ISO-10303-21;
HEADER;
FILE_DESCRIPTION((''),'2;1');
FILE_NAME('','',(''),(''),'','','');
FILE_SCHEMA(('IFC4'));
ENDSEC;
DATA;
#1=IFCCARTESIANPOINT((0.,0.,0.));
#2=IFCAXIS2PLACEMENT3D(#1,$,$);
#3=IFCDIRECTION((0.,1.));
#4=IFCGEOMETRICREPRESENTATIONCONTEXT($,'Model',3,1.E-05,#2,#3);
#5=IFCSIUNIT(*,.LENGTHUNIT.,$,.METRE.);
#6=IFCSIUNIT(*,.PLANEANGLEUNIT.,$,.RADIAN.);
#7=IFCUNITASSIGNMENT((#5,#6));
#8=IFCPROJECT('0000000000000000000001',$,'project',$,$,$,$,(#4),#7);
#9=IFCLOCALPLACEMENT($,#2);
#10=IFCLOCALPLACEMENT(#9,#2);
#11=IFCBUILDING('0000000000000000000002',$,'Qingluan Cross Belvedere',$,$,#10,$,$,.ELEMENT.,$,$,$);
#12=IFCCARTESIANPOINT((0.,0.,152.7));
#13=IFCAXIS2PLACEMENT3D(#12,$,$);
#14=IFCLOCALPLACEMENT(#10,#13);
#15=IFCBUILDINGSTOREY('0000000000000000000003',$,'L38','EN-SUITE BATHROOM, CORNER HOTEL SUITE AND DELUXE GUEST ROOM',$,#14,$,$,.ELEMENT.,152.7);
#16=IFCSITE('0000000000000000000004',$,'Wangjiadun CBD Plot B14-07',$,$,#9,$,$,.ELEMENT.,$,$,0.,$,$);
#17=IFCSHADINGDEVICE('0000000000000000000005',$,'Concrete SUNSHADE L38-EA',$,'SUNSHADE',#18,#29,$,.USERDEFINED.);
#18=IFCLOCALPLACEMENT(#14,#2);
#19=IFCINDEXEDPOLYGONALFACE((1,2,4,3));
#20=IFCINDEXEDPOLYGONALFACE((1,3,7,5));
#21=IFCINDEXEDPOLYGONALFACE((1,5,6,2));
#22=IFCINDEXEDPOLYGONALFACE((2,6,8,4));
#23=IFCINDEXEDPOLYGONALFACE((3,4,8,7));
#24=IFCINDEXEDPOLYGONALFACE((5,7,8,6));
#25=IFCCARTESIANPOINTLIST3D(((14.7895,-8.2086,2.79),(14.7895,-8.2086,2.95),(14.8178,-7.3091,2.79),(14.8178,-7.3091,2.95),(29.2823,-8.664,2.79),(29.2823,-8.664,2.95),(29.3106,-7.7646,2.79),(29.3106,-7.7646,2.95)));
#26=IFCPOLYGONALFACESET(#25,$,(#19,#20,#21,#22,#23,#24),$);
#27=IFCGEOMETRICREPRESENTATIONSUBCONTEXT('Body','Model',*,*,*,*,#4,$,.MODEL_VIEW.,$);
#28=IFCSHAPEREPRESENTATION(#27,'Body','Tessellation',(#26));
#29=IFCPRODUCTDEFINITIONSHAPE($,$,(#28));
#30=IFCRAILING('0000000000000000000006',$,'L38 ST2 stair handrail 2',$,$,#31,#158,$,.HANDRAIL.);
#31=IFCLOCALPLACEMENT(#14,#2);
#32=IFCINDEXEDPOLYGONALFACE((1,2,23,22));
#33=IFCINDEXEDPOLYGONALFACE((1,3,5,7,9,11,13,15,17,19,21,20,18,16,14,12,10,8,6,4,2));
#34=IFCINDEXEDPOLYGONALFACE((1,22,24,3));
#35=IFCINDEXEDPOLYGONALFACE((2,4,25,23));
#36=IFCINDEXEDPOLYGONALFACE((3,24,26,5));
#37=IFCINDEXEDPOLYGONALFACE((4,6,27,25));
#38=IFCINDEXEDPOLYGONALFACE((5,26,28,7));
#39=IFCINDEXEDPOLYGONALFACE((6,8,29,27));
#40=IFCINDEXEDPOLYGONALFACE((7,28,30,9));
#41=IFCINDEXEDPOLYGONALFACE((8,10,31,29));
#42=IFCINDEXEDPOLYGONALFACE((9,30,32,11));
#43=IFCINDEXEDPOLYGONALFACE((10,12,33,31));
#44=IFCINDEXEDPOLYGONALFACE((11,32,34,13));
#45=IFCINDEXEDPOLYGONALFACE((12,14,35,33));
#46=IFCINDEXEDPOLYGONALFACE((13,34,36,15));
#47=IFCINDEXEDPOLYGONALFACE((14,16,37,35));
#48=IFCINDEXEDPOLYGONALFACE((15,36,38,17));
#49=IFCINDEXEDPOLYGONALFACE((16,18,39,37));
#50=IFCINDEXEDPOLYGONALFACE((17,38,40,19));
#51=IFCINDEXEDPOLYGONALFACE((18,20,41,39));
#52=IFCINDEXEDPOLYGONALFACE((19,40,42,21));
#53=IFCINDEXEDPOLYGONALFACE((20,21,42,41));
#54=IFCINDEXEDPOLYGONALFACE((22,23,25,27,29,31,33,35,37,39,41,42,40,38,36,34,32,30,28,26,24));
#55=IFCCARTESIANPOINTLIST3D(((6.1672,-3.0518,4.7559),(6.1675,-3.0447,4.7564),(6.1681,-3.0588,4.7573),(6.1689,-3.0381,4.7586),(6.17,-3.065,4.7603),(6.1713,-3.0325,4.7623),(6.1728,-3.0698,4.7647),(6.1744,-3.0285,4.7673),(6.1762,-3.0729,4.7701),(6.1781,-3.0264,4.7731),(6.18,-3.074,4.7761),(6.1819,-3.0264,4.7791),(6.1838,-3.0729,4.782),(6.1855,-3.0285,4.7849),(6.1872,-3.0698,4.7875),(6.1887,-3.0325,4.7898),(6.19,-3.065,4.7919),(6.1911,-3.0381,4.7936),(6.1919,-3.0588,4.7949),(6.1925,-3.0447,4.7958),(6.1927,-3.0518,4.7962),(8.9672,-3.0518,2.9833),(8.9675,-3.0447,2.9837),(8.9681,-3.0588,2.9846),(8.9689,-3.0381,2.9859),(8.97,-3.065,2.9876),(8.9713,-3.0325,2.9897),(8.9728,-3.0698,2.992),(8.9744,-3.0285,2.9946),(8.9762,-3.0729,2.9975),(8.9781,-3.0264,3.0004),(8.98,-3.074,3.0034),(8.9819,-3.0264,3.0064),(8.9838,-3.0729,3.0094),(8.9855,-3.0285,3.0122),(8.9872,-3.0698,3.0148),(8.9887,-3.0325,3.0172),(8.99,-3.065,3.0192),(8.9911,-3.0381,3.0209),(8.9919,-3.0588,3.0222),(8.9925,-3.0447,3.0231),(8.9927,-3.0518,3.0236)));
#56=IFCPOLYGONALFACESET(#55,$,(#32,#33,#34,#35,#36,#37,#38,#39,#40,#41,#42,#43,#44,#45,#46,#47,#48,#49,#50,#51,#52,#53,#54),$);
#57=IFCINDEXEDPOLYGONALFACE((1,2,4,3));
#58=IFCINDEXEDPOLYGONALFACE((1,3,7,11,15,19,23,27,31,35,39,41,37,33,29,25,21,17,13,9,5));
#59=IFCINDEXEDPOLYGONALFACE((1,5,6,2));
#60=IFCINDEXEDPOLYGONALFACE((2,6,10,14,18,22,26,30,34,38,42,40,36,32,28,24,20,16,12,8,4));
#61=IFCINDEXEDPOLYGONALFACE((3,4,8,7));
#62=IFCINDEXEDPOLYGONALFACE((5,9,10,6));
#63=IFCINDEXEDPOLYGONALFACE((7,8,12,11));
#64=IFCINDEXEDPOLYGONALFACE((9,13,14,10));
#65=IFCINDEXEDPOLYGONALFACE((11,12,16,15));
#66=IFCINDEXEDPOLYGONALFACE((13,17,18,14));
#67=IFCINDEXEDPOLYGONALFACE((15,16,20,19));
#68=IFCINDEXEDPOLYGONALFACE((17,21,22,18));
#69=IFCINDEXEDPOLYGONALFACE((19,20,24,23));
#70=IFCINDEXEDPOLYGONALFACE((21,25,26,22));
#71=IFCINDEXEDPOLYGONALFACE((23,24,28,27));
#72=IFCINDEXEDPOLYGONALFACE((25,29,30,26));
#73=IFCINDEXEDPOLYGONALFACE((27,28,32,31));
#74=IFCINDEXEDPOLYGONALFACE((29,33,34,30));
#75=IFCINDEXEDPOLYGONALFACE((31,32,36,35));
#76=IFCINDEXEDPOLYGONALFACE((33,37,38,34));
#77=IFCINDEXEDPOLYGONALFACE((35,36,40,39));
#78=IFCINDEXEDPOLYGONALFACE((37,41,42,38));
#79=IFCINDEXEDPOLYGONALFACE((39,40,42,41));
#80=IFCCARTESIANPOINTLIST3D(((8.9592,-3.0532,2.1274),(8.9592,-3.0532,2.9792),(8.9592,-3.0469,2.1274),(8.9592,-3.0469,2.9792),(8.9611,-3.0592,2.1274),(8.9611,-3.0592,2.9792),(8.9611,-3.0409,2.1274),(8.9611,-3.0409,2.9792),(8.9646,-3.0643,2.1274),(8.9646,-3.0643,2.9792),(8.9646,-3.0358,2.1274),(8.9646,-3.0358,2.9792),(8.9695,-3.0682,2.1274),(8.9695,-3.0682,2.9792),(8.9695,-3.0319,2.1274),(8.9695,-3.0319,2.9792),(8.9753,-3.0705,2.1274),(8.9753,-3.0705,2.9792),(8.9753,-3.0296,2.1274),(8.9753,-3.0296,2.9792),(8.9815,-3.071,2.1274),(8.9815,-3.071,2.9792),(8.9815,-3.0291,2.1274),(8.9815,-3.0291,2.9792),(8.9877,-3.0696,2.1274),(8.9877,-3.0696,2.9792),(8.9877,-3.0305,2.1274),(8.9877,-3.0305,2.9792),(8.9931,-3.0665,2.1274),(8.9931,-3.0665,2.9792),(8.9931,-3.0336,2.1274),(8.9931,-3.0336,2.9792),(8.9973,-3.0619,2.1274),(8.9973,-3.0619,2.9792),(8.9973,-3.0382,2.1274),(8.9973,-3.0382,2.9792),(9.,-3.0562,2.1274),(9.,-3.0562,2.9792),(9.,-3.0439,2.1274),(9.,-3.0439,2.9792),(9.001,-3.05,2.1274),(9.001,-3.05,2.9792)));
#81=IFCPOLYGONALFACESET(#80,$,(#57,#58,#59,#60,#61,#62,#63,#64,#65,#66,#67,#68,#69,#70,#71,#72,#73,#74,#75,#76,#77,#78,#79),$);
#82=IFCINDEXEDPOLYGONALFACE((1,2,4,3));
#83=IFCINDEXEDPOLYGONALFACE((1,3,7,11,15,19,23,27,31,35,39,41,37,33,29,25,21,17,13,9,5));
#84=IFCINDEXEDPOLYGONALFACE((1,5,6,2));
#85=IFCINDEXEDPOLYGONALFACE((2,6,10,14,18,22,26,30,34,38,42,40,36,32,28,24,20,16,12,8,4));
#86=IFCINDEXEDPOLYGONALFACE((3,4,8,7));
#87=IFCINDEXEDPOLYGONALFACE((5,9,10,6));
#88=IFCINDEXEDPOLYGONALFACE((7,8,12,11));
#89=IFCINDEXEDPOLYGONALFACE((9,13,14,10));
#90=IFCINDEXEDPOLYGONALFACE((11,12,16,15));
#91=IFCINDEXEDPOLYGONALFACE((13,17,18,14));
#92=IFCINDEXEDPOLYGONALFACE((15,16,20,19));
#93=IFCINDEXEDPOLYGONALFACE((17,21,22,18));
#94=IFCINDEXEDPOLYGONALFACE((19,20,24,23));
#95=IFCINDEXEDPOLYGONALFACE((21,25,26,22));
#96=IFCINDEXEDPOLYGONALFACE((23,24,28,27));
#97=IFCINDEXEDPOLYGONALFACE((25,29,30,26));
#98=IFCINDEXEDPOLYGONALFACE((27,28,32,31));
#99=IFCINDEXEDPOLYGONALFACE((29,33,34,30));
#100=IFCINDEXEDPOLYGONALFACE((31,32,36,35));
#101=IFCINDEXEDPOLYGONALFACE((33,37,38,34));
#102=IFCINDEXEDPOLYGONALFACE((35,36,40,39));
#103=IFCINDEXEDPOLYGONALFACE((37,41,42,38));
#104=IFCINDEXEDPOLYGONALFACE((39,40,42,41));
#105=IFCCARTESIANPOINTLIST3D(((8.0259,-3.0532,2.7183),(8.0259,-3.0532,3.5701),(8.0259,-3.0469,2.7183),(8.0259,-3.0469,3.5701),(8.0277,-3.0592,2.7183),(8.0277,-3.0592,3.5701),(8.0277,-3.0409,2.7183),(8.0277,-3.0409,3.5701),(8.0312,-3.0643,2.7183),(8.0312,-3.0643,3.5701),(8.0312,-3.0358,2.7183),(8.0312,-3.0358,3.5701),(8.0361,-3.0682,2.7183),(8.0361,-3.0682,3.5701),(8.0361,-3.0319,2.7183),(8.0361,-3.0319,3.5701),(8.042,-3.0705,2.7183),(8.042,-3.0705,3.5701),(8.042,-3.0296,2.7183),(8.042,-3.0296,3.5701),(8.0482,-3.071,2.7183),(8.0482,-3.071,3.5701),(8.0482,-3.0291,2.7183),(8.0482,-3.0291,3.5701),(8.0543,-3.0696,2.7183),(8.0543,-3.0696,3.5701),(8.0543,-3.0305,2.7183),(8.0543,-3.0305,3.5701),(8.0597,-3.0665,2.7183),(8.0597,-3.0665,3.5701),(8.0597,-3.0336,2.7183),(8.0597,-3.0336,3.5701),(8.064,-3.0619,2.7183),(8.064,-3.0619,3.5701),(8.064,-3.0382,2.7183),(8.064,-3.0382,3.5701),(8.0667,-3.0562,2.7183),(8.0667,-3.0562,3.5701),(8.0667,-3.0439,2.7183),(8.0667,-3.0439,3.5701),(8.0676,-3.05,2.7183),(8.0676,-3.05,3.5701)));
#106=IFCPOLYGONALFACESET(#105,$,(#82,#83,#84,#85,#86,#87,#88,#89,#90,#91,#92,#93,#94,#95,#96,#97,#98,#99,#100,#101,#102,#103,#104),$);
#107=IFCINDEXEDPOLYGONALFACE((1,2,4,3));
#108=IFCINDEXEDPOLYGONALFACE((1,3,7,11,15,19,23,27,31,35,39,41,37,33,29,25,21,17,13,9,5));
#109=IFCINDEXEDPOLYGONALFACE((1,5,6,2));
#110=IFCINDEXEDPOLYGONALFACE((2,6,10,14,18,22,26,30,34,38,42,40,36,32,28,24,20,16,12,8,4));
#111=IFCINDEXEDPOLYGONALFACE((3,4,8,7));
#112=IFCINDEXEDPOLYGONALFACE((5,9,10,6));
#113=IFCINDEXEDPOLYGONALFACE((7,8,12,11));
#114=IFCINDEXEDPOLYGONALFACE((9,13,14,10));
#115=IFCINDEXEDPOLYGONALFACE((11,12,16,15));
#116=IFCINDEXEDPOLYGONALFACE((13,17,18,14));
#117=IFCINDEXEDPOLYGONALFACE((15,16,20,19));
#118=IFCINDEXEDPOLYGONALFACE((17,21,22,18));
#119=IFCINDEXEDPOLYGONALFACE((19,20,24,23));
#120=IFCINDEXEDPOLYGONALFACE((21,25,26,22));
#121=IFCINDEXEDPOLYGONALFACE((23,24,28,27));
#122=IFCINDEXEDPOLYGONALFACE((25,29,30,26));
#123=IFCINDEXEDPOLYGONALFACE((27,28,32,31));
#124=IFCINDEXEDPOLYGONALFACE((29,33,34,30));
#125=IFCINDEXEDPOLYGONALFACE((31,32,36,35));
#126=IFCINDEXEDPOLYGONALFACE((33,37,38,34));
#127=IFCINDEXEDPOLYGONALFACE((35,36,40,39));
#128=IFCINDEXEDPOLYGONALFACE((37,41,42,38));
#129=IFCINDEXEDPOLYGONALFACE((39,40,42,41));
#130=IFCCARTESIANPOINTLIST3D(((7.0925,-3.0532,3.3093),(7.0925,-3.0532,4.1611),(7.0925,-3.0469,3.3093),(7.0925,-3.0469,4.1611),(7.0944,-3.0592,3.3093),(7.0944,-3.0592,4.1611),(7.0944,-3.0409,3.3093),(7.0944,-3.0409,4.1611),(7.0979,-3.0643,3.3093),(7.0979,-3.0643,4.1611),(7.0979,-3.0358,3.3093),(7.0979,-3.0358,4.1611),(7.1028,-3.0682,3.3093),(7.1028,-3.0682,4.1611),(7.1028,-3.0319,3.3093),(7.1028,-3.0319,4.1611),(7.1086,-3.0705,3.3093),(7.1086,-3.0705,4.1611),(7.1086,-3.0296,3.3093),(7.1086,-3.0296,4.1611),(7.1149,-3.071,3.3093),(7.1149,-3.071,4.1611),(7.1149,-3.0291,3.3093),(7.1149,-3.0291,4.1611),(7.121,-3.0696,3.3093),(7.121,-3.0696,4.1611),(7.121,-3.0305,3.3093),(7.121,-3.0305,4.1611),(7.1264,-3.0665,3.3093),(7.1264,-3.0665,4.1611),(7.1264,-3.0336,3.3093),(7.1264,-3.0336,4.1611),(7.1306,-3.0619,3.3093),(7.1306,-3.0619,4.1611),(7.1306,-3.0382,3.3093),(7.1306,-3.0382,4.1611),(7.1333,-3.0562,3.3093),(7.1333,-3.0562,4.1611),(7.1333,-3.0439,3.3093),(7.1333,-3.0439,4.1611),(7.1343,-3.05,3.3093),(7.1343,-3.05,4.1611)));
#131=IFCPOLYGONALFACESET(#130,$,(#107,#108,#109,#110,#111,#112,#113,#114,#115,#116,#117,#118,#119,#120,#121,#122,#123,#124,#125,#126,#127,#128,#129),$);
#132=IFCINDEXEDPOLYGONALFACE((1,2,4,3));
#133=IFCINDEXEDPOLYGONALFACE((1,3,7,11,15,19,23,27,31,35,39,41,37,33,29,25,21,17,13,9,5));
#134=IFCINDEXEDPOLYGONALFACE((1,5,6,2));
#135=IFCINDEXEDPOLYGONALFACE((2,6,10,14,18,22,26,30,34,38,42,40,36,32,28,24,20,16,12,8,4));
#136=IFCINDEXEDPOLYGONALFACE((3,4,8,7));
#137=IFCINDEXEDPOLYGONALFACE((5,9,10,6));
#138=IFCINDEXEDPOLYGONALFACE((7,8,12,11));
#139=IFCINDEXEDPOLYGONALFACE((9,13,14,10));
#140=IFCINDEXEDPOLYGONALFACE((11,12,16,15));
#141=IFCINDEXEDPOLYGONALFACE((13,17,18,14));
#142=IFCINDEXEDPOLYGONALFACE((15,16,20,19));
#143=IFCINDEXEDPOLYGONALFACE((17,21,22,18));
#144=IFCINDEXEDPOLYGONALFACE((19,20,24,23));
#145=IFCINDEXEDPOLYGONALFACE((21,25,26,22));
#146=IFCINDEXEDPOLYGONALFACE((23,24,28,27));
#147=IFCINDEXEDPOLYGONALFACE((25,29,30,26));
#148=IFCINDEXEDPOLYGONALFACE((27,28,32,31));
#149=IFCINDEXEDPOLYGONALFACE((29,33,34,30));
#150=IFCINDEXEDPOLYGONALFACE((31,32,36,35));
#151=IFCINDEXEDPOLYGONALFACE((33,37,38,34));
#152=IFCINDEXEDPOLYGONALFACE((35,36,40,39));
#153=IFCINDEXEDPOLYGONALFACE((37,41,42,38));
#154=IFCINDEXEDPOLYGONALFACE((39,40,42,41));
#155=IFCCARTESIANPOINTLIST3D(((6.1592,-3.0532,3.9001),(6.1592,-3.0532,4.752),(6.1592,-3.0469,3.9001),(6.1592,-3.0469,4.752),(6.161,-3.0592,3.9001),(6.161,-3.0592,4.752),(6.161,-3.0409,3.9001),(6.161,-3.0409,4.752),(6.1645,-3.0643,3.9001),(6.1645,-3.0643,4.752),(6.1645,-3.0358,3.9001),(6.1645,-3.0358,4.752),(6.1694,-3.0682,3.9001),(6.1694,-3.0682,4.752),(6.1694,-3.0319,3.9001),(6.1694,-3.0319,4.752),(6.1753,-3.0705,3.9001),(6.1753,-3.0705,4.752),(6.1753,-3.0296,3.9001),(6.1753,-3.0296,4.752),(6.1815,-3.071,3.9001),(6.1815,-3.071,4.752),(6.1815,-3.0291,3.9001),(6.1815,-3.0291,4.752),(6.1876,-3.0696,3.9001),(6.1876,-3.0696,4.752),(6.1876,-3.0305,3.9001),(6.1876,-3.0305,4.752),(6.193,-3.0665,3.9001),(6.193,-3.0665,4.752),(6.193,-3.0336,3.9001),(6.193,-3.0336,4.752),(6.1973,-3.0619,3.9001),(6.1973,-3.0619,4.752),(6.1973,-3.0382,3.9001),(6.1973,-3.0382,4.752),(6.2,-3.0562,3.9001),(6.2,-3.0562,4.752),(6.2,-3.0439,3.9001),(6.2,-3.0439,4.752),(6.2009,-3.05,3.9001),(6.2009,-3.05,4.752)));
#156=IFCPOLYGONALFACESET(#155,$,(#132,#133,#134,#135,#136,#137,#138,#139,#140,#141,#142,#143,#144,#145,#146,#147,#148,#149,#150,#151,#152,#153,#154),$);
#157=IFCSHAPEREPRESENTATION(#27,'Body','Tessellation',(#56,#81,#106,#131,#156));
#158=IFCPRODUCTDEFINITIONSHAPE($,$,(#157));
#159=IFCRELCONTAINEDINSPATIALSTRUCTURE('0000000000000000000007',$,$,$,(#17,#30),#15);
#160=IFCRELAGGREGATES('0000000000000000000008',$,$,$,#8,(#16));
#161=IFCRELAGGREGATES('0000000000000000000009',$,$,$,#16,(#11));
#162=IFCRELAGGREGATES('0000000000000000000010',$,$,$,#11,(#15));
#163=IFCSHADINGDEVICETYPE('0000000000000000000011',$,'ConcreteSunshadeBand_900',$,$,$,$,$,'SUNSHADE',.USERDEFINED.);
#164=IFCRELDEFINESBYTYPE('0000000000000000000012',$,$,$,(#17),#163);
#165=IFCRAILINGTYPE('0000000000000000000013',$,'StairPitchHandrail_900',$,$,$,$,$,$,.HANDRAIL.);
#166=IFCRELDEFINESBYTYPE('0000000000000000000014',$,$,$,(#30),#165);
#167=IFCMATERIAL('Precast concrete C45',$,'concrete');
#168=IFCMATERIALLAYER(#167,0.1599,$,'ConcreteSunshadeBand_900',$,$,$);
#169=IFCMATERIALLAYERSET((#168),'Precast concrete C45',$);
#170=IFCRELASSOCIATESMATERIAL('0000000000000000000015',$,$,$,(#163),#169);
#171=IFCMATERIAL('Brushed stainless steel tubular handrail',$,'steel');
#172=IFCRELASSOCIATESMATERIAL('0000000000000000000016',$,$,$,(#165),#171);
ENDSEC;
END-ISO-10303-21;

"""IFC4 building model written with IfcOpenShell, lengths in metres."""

from ifc_helpers import new_model, si_unit, direction, frame, origin, origin_2d, place, context, subcontext, project, spatial, rectangle, circle, extrude, material, layer, layer_set, type_object, element, save


model = new_model("IFC4")

# Units and contexts
model_context = context("Model", 3, precision=1e-05, world=origin(), true_north=direction((0.0, 1.0)))
body_context = subcontext(model_context, "Body", "Model", "MODEL_VIEW")
ifc_project = project(units=[si_unit("LENGTHUNIT", "METRE"), si_unit("PLANEANGLEUNIT", "RADIAN")], contexts=[model_context])

# Site, building, storey
site_placement = place(None, origin())
site = spatial("IfcSite", under=ifc_project, at=site_placement, Name="Wangjiadun CBD Plot B14-07", CompositionType="ELEMENT", RefElevation=0.0)
building_placement = place(site_placement, origin())
building = spatial("IfcBuilding", under=site, at=building_placement, Name="Qingluan Cross Belvedere", CompositionType="ELEMENT")
storey_placement = place(building_placement, frame((0.0, 0.0, 152.7)))
storey = spatial("IfcBuildingStorey", under=building, at=storey_placement, Name="L38", Description="EN-SUITE BATHROOM, CORNER HOTEL SUITE AND DELUXE GUEST ROOM", CompositionType="ELEMENT", Elevation=152.7)

# Shading device
ifc_material_1 = material(Name="Precast concrete C45", Category="concrete")
ifc_layer_1 = layer(ifc_material_1, 0.1599, Name="ConcreteSunshadeBand_900")
ifc_layer_set_1 = layer_set([ifc_layer_1], Name="Precast concrete C45")
shading_device_type = type_object("IfcShadingDeviceType", Name="ConcreteSunshadeBand_900", ElementType="SUNSHADE", PredefinedType="USERDEFINED", material=ifc_layer_set_1)
shading_device_placement = place(storey_placement, frame((22.05, -7.9866, 2.79), z_axis=(0.0, 0.0, 1.0), x_axis=(0.999507, -0.031408, 0.0)))
element("IfcShadingDevice", 1, at=shading_device_placement, inside=storey, type_object=shading_device_type, Name="Concrete SUNSHADE L38-EA", ObjectType="SUNSHADE", PredefinedType="USERDEFINED", context=body_context, shape_type="SweptSolid", body=[
    extrude(rectangle(XDim=14.5, YDim=0.8999, at=origin_2d()), origin(), (0.0, 0.0, 1.0), 0.1599),
])

# Railing
ifc_material_2 = material(Name="Brushed stainless steel tubular handrail", Category="steel")
railing_type_1 = type_object("IfcRailingType", Name="StairPitchHandrail_900", PredefinedType="HANDRAIL", material=ifc_material_2)
railing_1_placement = place(storey_placement, frame((8.98, -3.05, 2.1274)))
element("IfcRailing", 2, at=railing_1_placement, inside=storey, type_object=railing_type_1, Name="L38 ST2 stair handrail 2", PredefinedType="HANDRAIL", context=body_context, shape_type="SweptSolid", body=[
    extrude(circle(Radius=0.0239, at=origin_2d()), frame((0.0, 0.0, 0.876), z_axis=(-0.844909, 0.0, 0.53491), x_axis=(0.0, -1.0, 0.0)), (0.0, 0.0, 1.0), 3.314),
    extrude(circle(Radius=0.021, at=origin_2d()), origin(), (0.0, 0.0, 1.0), 0.8518),
    extrude(circle(Radius=0.021, at=origin_2d()), frame((-0.9333, 0.0, 0.5908)), (0.0, 0.0, 1.0), 0.8518),
    extrude(circle(Radius=0.021, at=origin_2d()), frame((-1.8667, 0.0, 1.1819)), (0.0, 0.0, 1.0), 0.8518),
    extrude(circle(Radius=0.021, at=origin_2d()), frame((-2.8, 0.0, 1.7727)), (0.0, 0.0, 1.0), 0.8518),
])

save(model, "model.ifc")
